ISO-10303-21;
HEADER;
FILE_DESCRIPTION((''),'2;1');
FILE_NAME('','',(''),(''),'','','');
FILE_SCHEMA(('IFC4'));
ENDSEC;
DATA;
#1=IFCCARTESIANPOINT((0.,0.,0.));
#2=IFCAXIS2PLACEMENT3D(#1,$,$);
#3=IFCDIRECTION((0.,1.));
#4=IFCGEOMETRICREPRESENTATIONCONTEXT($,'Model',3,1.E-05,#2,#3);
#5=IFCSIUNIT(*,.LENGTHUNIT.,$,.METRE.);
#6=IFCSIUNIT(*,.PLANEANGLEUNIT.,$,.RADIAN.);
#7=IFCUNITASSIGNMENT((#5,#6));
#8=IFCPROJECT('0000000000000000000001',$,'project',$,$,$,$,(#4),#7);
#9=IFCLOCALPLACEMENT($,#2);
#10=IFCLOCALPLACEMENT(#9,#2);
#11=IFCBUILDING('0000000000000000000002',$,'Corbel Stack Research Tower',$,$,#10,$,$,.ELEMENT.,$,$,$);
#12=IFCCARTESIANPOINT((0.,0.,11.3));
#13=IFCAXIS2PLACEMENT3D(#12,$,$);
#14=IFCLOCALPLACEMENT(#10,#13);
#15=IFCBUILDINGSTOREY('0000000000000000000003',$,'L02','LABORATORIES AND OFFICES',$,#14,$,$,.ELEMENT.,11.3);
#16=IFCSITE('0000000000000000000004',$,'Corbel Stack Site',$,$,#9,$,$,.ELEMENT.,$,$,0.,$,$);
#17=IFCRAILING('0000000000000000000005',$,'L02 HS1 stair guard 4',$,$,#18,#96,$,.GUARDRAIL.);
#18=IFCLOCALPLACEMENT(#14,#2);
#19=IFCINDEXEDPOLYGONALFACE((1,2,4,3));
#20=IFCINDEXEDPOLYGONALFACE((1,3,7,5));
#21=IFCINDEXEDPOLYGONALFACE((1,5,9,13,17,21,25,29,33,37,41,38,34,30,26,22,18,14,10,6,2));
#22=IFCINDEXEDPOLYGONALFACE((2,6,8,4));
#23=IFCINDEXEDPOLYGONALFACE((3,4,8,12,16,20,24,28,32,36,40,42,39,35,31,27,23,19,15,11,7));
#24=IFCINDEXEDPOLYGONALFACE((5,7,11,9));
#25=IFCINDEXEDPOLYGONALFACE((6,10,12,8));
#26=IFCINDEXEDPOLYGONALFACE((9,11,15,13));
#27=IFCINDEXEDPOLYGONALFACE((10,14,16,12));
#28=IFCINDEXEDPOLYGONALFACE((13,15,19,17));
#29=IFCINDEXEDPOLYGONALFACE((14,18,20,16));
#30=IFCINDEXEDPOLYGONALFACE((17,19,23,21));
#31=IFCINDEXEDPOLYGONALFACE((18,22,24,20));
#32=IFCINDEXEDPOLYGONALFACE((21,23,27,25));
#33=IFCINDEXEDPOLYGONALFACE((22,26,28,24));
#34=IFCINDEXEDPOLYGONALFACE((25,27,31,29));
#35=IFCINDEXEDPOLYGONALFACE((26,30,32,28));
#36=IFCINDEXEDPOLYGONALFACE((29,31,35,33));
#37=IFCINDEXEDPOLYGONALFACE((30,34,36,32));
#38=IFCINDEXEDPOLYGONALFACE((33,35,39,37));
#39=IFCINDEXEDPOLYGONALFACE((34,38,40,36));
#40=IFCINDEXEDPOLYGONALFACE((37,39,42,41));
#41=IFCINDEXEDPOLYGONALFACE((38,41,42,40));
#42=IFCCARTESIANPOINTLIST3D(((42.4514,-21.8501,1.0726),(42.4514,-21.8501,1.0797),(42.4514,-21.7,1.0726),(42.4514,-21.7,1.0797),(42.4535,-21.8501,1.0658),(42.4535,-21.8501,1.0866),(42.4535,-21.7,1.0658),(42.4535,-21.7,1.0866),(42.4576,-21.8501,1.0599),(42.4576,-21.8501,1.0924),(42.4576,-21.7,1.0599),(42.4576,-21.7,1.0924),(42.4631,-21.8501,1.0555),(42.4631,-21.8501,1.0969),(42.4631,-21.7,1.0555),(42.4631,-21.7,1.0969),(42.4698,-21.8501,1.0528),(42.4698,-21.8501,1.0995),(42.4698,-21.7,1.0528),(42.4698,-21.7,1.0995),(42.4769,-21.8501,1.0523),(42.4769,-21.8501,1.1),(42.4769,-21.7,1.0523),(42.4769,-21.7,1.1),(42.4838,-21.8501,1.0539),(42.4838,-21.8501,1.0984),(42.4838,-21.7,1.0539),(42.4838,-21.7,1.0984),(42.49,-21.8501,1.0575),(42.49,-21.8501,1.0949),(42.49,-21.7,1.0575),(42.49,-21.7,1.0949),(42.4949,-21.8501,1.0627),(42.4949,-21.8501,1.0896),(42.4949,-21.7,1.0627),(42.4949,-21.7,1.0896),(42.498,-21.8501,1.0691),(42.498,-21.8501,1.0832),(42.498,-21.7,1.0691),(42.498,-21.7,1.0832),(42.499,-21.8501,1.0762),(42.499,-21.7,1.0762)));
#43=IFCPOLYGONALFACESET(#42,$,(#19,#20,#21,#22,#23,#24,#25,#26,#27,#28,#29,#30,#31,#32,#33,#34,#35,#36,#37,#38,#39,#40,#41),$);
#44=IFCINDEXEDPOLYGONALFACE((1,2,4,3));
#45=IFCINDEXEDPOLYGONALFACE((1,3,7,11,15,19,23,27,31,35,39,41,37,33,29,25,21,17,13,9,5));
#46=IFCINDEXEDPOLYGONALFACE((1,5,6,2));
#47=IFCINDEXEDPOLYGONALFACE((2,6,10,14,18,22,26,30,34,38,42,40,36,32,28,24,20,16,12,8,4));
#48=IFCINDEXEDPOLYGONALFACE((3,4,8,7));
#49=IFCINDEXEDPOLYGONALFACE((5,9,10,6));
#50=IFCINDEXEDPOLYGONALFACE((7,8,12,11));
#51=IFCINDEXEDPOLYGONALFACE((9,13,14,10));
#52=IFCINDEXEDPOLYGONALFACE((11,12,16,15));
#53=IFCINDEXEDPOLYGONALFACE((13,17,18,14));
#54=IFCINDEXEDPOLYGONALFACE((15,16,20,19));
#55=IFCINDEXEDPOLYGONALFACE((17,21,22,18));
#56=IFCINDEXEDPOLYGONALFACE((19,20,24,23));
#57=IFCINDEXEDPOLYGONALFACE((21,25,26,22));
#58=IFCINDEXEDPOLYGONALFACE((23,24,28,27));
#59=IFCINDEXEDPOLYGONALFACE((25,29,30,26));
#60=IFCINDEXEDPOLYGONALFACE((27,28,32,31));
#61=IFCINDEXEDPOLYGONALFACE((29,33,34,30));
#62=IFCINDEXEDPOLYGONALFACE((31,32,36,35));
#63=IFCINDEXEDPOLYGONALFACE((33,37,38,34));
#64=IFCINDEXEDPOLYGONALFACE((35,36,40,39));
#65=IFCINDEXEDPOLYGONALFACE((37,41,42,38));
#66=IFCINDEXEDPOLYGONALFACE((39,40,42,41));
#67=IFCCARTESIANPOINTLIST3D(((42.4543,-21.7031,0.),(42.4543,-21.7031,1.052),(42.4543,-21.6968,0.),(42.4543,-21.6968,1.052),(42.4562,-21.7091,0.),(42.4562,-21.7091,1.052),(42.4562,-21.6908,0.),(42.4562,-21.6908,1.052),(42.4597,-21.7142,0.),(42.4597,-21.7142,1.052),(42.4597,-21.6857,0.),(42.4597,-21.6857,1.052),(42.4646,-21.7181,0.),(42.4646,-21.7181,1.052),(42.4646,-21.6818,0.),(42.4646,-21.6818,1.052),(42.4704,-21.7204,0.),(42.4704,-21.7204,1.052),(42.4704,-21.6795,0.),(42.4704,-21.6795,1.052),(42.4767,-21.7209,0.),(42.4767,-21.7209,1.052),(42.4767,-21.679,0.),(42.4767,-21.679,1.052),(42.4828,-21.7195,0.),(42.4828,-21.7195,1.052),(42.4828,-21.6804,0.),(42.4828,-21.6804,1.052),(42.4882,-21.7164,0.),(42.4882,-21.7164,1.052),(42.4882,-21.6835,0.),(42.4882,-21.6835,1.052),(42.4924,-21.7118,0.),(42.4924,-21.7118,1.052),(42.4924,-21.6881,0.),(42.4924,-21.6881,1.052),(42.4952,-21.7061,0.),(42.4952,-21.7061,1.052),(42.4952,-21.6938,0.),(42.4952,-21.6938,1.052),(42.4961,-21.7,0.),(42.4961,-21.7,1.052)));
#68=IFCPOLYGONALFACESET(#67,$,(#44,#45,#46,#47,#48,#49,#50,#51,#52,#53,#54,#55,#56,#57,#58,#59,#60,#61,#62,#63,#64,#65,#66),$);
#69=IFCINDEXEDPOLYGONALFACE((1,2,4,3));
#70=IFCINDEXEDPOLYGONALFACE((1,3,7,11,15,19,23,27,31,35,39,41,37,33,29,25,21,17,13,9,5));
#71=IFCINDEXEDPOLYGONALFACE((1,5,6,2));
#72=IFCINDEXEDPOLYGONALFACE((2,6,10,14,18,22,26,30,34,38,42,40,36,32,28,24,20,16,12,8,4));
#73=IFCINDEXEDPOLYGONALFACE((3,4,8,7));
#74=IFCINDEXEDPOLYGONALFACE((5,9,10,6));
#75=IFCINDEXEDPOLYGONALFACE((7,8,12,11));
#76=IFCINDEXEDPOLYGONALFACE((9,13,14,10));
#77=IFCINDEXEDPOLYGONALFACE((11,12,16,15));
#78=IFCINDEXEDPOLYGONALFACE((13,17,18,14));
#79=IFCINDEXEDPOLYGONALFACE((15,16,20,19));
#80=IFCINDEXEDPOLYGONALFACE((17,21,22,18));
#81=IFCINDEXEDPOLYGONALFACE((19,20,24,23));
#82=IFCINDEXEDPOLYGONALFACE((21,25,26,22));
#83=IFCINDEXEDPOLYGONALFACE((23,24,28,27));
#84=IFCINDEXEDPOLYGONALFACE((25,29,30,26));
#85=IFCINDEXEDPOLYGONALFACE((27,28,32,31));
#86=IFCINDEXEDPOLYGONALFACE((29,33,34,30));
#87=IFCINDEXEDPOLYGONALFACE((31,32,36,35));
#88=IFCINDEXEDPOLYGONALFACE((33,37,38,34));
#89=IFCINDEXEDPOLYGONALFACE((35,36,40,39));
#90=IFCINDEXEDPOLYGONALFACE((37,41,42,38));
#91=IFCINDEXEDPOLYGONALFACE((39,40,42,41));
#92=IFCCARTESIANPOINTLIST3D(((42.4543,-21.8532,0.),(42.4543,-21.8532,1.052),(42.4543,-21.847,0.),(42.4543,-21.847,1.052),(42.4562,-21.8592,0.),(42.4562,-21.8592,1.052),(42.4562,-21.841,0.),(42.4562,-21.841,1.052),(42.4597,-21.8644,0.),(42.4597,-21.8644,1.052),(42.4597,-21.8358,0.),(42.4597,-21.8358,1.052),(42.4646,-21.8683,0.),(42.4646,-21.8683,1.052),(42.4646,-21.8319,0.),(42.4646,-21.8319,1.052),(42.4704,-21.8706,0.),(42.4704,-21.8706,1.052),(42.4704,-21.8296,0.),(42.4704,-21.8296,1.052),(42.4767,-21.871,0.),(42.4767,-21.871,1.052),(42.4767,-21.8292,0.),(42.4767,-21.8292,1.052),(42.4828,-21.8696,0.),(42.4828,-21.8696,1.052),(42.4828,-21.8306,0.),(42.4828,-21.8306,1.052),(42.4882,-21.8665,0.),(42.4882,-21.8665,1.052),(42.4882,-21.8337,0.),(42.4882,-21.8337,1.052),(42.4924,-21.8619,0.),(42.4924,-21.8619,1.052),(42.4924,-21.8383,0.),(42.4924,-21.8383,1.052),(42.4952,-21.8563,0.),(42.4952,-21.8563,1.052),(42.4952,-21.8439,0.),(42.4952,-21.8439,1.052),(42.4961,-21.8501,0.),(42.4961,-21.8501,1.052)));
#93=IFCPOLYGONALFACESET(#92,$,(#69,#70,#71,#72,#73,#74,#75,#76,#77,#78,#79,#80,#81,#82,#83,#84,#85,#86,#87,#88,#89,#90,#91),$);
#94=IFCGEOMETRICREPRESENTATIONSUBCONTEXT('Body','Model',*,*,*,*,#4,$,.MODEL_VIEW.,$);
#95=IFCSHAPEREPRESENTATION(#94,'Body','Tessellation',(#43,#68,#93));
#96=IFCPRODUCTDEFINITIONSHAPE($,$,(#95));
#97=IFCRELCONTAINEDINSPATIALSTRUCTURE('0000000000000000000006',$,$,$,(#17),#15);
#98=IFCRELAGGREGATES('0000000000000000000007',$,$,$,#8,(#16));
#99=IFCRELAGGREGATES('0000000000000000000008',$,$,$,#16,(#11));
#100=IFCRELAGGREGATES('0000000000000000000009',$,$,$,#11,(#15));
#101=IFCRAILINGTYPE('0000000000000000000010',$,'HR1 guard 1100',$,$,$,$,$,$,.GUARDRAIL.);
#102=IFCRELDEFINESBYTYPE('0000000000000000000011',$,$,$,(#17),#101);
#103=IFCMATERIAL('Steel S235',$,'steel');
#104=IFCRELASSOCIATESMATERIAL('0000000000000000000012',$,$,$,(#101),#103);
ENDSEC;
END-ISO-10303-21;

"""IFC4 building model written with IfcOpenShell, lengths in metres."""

from ifc_helpers import new_model, si_unit, direction, frame, origin, origin_2d, place, context, subcontext, project, spatial, circle, extrude, material, type_object, element, save


model = new_model("IFC4")

# Units and contexts
model_context = context("Model", 3, precision=1e-05, world=origin(), true_north=direction((0.0, 1.0)))
body_context = subcontext(model_context, "Body", "Model", "MODEL_VIEW")
ifc_project = project(units=[si_unit("LENGTHUNIT", "METRE"), si_unit("PLANEANGLEUNIT", "RADIAN")], contexts=[model_context])

# Site, building, storey
site_placement = place(None, origin())
site = spatial("IfcSite", under=ifc_project, at=site_placement, Name="Corbel Stack Site", CompositionType="ELEMENT", RefElevation=0.0)
building_placement = place(site_placement, origin())
building = spatial("IfcBuilding", under=site, at=building_placement, Name="Corbel Stack Research Tower", CompositionType="ELEMENT")
storey_placement = place(building_placement, frame((0.0, 0.0, 11.3)))
storey = spatial("IfcBuildingStorey", under=building, at=storey_placement, Name="L02", Description="LABORATORIES AND OFFICES", CompositionType="ELEMENT", Elevation=11.3)

# Railing
ifc_material_1 = material(Name="Steel S235", Category="steel")
railing_type_1 = type_object("IfcRailingType", Name="HR1 guard 1100", PredefinedType="GUARDRAIL", material=ifc_material_1)
railing_1_placement = place(storey_placement, frame((42.4751, -21.7, 0.0)))
element("IfcRailing", 1, at=railing_1_placement, inside=storey, type_object=railing_type_1, Name="L02 HS1 stair guard 4", PredefinedType="GUARDRAIL", context=body_context, shape_type="SweptSolid", body=[
    extrude(circle(Radius=0.0239, at=origin_2d()), frame((0.0, 0.0, 1.0762), z_axis=(0.0, -1.0, 0.0), x_axis=(1.0, 0.0, 0.0)), (0.0, 0.0, 1.0), 0.1501),
    extrude(circle(Radius=0.021, at=origin_2d()), origin(), (0.0, 0.0, 1.0), 1.052),
    extrude(circle(Radius=0.021, at=origin_2d()), frame((0.0, -0.1501, 0.0)), (0.0, 0.0, 1.0), 1.052),
])

save(model, "model.ifc")
